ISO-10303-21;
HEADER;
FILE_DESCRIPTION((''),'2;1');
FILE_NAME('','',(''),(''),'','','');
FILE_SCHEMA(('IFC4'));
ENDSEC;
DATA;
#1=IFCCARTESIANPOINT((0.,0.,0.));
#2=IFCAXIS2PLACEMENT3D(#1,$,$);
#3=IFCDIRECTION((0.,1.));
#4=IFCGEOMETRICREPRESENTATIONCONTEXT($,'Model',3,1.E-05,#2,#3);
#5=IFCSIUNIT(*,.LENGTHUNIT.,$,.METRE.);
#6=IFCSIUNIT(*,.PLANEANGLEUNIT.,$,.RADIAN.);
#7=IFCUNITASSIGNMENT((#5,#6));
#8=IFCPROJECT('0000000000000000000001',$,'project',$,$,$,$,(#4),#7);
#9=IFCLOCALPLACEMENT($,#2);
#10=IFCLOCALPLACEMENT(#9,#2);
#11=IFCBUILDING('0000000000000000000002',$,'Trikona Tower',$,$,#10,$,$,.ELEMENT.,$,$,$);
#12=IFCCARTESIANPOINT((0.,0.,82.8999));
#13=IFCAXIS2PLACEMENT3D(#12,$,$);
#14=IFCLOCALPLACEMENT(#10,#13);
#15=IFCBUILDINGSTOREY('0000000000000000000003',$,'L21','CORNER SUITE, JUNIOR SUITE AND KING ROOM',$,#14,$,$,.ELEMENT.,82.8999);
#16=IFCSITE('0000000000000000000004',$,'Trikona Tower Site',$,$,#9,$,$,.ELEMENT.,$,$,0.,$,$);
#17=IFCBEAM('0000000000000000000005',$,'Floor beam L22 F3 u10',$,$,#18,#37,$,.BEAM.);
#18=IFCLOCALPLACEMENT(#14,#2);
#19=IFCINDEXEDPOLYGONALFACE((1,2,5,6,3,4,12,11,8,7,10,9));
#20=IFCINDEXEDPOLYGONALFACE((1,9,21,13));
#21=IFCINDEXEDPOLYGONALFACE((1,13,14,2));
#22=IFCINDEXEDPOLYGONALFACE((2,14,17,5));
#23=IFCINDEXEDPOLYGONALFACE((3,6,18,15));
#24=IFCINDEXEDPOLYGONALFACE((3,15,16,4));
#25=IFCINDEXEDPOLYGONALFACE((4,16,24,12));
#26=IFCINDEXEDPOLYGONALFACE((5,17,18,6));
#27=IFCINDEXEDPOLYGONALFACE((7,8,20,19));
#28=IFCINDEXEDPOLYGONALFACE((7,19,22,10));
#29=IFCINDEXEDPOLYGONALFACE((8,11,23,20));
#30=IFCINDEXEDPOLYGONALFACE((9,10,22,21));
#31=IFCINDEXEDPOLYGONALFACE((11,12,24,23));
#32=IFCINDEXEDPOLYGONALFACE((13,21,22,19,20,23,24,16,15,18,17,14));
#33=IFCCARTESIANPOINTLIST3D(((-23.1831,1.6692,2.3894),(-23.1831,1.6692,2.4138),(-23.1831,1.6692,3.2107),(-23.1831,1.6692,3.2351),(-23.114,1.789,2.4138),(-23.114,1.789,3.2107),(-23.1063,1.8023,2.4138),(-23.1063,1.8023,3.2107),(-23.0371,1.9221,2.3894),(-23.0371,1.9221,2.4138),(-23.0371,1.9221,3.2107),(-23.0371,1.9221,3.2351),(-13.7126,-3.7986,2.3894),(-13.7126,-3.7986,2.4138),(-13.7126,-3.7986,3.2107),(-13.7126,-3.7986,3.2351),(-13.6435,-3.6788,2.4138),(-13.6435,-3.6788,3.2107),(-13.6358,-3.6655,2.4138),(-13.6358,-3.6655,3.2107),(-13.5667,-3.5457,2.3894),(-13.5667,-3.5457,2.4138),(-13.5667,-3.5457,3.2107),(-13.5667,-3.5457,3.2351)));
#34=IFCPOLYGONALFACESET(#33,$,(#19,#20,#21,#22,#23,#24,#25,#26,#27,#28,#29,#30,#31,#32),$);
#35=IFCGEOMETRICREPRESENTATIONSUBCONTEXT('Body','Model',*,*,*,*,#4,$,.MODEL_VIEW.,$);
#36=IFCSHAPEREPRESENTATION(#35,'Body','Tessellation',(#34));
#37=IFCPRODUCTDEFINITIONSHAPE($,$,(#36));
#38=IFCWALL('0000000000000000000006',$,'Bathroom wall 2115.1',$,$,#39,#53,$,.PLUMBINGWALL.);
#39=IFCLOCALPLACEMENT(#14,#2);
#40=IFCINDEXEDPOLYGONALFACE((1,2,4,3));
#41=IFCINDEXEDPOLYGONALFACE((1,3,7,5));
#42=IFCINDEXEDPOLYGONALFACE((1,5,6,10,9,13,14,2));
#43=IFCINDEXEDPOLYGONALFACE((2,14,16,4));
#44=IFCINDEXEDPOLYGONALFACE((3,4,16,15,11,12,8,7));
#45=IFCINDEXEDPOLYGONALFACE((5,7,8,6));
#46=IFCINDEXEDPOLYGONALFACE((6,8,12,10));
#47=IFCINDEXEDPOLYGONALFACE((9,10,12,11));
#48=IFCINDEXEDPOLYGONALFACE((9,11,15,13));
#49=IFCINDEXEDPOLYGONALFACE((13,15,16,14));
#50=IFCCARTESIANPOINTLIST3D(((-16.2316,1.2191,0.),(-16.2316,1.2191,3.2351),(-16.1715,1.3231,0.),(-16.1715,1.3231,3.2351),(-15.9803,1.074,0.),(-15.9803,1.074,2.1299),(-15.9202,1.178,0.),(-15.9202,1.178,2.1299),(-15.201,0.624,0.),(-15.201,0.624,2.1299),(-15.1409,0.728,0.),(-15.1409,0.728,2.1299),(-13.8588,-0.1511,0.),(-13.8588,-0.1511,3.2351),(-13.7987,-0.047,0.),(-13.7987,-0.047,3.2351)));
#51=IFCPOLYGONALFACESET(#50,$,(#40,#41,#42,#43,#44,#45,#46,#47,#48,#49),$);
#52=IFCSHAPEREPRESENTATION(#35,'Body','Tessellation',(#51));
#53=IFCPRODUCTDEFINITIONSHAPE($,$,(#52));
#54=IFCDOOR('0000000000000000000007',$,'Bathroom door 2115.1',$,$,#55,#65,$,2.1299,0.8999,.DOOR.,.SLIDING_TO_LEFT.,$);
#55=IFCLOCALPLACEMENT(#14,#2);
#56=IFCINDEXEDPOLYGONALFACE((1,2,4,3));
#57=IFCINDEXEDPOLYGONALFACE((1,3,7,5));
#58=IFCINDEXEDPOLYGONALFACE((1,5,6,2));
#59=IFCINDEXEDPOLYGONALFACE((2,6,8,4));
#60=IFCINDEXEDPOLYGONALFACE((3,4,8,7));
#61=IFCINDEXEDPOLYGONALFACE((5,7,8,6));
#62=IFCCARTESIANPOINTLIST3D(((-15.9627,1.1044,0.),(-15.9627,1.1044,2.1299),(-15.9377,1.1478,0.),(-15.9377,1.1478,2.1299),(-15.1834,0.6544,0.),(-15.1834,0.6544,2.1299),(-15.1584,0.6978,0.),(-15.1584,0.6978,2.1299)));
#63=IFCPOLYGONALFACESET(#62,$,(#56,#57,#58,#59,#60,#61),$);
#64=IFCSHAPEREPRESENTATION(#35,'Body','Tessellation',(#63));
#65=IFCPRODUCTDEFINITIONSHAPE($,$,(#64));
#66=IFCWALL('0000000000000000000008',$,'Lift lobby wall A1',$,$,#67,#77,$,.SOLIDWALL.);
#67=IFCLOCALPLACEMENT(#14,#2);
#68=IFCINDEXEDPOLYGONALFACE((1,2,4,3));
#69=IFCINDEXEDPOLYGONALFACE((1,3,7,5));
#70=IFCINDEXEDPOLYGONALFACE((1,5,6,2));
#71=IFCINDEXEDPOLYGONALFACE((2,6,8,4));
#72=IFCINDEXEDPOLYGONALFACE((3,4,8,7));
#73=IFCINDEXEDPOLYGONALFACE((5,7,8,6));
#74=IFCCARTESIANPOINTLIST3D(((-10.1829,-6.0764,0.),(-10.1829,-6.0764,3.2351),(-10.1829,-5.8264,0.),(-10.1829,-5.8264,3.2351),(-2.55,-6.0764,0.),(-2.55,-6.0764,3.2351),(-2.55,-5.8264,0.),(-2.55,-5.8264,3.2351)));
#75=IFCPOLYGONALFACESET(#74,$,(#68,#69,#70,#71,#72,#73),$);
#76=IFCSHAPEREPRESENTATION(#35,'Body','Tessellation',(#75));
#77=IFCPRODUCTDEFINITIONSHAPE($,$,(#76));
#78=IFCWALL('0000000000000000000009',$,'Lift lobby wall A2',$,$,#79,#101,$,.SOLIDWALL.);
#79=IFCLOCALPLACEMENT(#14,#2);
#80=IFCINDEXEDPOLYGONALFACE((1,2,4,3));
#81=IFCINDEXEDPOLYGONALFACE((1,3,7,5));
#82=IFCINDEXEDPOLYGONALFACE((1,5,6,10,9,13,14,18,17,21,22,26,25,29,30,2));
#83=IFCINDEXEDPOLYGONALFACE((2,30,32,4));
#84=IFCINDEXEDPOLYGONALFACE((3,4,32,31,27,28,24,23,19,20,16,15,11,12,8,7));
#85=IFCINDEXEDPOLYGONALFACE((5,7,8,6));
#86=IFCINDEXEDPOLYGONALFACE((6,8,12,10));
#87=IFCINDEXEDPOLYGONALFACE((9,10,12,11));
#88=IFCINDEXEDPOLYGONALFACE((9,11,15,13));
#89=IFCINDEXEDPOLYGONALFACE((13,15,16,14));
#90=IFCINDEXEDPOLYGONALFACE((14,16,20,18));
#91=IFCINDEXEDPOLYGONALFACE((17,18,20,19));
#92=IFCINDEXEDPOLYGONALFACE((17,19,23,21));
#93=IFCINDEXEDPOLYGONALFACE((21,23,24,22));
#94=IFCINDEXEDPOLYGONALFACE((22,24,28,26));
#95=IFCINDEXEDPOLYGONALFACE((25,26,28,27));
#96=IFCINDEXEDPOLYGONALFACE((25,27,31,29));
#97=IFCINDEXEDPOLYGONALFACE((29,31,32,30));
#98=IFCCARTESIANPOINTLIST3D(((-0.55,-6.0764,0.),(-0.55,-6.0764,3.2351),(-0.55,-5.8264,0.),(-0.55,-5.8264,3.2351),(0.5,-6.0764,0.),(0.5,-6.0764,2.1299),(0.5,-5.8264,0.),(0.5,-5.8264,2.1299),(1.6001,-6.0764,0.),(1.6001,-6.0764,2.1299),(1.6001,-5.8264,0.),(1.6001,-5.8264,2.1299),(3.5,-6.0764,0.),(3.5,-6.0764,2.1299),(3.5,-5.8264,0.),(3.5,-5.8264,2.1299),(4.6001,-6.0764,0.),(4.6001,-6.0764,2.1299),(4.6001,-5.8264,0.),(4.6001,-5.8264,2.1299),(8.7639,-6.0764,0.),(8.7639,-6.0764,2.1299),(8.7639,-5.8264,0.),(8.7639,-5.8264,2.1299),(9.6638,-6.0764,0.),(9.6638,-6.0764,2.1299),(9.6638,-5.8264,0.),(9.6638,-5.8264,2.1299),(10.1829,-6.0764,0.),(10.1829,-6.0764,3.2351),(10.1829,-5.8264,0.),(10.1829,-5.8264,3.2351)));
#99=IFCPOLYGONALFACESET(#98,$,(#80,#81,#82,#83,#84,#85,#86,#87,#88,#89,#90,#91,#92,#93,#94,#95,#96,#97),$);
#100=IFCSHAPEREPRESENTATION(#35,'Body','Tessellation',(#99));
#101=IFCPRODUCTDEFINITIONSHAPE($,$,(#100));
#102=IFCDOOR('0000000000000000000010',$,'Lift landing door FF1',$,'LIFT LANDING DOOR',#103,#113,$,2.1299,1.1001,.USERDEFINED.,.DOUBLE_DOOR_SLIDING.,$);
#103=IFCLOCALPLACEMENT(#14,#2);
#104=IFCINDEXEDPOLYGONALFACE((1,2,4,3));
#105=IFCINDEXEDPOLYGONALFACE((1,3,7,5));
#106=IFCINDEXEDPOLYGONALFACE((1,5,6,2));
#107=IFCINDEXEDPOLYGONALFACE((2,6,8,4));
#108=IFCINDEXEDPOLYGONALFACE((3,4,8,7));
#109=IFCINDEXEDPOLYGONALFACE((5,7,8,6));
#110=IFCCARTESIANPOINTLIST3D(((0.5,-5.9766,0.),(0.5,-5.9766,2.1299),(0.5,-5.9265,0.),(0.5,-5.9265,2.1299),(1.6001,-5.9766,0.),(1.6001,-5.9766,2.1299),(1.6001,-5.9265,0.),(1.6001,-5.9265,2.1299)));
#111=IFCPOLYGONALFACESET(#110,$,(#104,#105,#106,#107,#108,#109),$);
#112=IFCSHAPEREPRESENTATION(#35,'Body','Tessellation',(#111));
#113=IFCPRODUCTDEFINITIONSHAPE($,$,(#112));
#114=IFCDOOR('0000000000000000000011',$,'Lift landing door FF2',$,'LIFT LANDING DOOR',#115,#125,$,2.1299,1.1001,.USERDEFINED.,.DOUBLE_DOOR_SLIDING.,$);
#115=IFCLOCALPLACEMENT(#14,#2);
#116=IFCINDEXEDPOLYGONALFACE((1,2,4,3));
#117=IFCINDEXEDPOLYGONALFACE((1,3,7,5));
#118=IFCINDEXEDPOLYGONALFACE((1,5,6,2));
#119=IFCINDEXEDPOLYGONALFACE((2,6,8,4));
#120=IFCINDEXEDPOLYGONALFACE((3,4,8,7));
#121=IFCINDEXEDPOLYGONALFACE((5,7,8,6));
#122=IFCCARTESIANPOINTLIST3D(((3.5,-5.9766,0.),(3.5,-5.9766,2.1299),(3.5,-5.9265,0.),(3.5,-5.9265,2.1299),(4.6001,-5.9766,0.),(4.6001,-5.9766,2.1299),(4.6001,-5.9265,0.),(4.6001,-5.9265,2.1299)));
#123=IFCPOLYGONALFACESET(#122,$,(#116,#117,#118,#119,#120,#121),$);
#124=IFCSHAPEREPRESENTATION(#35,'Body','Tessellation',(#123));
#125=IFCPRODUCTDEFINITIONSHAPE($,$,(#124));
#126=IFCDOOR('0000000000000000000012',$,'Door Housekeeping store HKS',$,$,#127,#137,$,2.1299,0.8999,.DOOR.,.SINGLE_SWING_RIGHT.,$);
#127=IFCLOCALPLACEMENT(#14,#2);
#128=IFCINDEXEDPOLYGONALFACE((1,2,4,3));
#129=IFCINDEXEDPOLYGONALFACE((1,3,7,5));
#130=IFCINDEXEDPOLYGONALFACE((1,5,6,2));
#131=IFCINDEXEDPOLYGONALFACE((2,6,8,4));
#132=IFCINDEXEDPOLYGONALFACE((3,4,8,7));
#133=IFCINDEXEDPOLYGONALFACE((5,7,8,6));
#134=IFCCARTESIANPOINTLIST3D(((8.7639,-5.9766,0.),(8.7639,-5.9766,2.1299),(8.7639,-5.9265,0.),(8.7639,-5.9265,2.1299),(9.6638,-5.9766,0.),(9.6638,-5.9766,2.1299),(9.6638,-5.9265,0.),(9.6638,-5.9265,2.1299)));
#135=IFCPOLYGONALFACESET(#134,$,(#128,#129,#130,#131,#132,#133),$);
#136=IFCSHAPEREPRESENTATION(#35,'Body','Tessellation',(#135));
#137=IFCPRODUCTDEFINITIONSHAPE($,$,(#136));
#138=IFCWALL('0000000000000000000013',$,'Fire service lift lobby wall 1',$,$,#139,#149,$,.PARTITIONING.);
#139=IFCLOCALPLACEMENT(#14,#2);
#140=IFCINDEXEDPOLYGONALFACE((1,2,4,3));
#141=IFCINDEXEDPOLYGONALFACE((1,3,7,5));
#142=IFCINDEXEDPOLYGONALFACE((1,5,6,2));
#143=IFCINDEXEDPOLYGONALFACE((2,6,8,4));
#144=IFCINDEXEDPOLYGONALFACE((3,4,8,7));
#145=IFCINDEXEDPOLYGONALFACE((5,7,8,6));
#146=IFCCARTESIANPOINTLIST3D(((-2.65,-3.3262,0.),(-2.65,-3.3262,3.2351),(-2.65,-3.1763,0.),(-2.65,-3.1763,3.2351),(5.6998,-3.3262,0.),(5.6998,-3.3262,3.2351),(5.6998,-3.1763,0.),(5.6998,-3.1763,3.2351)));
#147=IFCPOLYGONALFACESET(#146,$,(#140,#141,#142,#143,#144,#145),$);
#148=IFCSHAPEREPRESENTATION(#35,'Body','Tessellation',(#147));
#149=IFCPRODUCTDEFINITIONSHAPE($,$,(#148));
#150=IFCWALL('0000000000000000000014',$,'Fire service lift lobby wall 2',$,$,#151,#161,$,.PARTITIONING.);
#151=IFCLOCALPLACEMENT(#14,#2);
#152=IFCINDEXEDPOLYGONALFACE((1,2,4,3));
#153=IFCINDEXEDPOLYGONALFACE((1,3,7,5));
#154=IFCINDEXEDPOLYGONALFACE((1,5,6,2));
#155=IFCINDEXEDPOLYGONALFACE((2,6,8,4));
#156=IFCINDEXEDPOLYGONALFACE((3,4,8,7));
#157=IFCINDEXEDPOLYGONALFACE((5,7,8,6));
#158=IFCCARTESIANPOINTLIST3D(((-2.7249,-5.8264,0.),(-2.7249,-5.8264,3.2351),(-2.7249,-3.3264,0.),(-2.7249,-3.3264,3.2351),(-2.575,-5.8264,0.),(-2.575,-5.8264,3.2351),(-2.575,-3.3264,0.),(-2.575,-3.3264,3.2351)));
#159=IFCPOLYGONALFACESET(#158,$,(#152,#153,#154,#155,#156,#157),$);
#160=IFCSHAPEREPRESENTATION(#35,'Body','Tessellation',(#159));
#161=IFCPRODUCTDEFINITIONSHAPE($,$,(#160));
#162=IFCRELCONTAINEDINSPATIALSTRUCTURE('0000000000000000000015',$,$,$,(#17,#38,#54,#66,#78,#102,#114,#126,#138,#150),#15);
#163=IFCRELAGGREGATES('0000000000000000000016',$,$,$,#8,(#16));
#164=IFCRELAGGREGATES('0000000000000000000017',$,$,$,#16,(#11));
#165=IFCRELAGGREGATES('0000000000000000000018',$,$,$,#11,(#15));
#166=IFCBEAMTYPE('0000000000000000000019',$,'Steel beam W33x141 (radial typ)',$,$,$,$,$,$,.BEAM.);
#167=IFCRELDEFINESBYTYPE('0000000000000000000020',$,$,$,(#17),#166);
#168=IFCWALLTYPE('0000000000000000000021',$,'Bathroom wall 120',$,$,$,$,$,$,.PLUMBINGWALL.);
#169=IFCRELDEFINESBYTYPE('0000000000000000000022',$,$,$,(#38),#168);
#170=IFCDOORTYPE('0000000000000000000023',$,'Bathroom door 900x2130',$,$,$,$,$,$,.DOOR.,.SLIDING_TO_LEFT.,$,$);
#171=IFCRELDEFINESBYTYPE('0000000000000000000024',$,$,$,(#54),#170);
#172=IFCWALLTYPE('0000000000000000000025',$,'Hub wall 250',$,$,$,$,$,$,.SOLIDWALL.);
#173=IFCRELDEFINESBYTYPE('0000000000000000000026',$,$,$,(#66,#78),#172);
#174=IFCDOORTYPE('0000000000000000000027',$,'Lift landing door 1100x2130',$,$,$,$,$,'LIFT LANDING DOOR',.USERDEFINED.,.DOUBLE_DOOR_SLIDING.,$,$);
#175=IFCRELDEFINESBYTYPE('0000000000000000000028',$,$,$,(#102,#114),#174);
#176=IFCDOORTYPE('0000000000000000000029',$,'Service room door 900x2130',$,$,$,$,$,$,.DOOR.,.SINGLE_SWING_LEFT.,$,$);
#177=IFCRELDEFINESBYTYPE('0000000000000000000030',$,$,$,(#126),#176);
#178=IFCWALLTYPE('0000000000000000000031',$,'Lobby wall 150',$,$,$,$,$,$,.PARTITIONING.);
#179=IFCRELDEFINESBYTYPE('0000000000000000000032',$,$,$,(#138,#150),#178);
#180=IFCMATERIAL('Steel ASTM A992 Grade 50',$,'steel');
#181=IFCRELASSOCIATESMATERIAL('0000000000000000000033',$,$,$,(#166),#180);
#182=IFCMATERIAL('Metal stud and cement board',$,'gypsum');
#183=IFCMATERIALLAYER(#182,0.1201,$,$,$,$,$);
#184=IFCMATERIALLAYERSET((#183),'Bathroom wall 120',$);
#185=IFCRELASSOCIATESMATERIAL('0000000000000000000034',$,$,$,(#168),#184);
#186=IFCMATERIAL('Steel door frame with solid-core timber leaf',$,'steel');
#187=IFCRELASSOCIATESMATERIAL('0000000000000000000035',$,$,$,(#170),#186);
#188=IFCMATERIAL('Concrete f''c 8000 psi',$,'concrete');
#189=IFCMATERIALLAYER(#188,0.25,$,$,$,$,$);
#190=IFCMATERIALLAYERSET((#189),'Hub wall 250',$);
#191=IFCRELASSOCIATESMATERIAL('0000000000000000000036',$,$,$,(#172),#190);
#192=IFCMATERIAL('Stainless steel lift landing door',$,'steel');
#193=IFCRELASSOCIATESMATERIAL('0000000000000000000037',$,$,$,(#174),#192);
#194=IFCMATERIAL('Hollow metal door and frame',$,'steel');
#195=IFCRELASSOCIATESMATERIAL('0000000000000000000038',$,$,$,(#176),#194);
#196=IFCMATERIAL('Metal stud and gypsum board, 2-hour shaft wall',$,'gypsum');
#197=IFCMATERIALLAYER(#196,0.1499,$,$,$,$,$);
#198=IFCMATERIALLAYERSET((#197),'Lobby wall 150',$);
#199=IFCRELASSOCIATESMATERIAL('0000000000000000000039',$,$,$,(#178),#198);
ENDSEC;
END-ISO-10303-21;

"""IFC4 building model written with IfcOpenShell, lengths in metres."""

from ifc_helpers import new_model, si_unit, direction, frame, frame_2d, origin, origin_2d, place, context, subcontext, project, spatial, rectangle, i_section, extrude, material, layer, layer_set, material_profile, profile_set, type_object, element, fill, save


model = new_model("IFC4")

# Units and contexts
model_context = context("Model", 3, precision=1e-05, world=origin(), true_north=direction((0.0, 1.0)))
body_context = subcontext(model_context, "Body", "Model", "MODEL_VIEW")
ifc_project = project(units=[si_unit("LENGTHUNIT", "METRE"), si_unit("PLANEANGLEUNIT", "RADIAN")], contexts=[model_context])

# Site, building, storey
site_placement = place(None, origin())
site = spatial("IfcSite", under=ifc_project, at=site_placement, Name="Trikona Tower Site", CompositionType="ELEMENT", RefElevation=0.0)
building_placement = place(site_placement, origin())
building = spatial("IfcBuilding", under=site, at=building_placement, Name="Trikona Tower", CompositionType="ELEMENT")
storey_placement = place(building_placement, frame((0.0, 0.0, 82.8999)))
storey = spatial("IfcBuildingStorey", under=building, at=storey_placement, Name="L21", Description="CORNER SUITE, JUNIOR SUITE AND KING ROOM", CompositionType="ELEMENT", Elevation=82.8999)

# Beam
ifc_material_1 = material(Name="Steel ASTM A992 Grade 50", Category="steel")
ifc_material_profile = material_profile(ifc_material_1, i_section(OverallWidth=0.292, OverallDepth=0.8457, WebThickness=0.0154, FlangeThickness=0.0244, at=origin_2d()), Name="W33X141")
ifc_profile_set = profile_set([ifc_material_profile], Name="Steel ASTM A992 Grade 50")
beam_type = type_object("IfcBeamType", Name="Steel beam W33x141 (radial typ)", PredefinedType="BEAM", material=ifc_profile_set)
beam_placement = place(storey_placement, frame((-13.6396, -3.6721, 2.8123), z_axis=(-0.866025, 0.5, 0.0), x_axis=(-0.5, -0.866025, 0.0)))
element("IfcBeam", 1, at=beam_placement, inside=storey, type_object=beam_type, Name="Floor beam L22 F3 u10", PredefinedType="BEAM", context=body_context, shape_type="SweptSolid", body=[
    extrude(i_section(OverallWidth=0.292, OverallDepth=0.8457, WebThickness=0.0154, FlangeThickness=0.0244, at=origin_2d()), origin(), (0.0, 0.0, 1.0), 10.9355),
])

# Wall, opening, door
ifc_material_2 = material(Name="Metal stud and cement board", Category="gypsum")
ifc_layer_1 = layer(ifc_material_2, 0.1201)
ifc_layer_set_1 = layer_set([ifc_layer_1], Name="Bathroom wall 120")
wall_type_1 = type_object("IfcWallType", Name="Bathroom wall 120", PredefinedType="PLUMBINGWALL", material=ifc_layer_set_1)
wall_1_placement = place(storey_placement, frame((-13.8286, -0.0991, 0.0), z_axis=(0.0, 0.0, 1.0), x_axis=(-0.865997, 0.500049, 0.0)))
wall_1 = element("IfcWall", 2, at=wall_1_placement, inside=storey, type_object=wall_type_1, Name="Bathroom wall 2115.1", PredefinedType="PLUMBINGWALL", context=body_context, shape_type="SweptSolid", body=[
    extrude(rectangle(XDim=2.74, YDim=0.1201, at=frame_2d((1.3701, 0.0))), origin(), (0.0, 0.0, 1.0), 3.2351),
])
opening_1_placement = place(wall_1_placement, frame((1.55, 0.0, 0.0)))
opening_1 = element("IfcOpeningElement", 3, at=opening_1_placement, cuts=wall_1, PredefinedType="OPENING", context=body_context, shape_type="SweptSolid", body=[
    extrude(rectangle(XDim=0.8999, YDim=2.1299, at=frame_2d((0.45, 1.0649))), frame((0.0, 0.0701, 0.0), z_axis=(0.0, -1.0, 0.0), x_axis=(1.0, 0.0, 0.0)), (0.0, 0.0, 1.0), 0.1401),
])
ifc_material_3 = material(Name="Steel door frame with solid-core timber leaf", Category="steel")
door_type_1 = type_object("IfcDoorType", Name="Bathroom door 900x2130", OperationType="SLIDING_TO_LEFT", PredefinedType="DOOR", material=ifc_material_3)
door_1_placement = place(opening_1_placement, origin())
door_1 = element("IfcDoor", 4, at=door_1_placement, inside=storey, type_object=door_type_1, Name="Bathroom door 2115.1", OperationType="SLIDING_TO_LEFT", OverallHeight=2.1299, OverallWidth=0.8999, PredefinedType="DOOR", context=body_context, shape_type="SweptSolid", body=[
    extrude(rectangle(XDim=0.8999, YDim=2.1299, at=frame_2d((0.45, 1.0649))), frame((0.0, 0.0249, 0.0), z_axis=(0.0, -1.0, 0.0), x_axis=(1.0, 0.0, 0.0)), (0.0, 0.0, 1.0), 0.05),
])
fill(opening_1, door_1)

# Wall
ifc_material_4 = material(Name="Concrete f'c 8000 psi", Category="concrete")
ifc_layer_2 = layer(ifc_material_4, 0.25)
ifc_layer_set_2 = layer_set([ifc_layer_2], Name="Hub wall 250")
wall_type_2 = type_object("IfcWallType", Name="Hub wall 250", PredefinedType="SOLIDWALL", material=ifc_layer_set_2)
wall_2_placement = place(storey_placement, frame((-10.1829, -5.9514, 0.0), z_axis=(0.0, 0.0, 1.0), x_axis=(1.0, 0.0, 0.0)))
element("IfcWall", 5, at=wall_2_placement, inside=storey, type_object=wall_type_2, Name="Lift lobby wall A1", PredefinedType="SOLIDWALL", context=body_context, shape_type="SweptSolid", body=[
    extrude(rectangle(XDim=7.6328, YDim=0.25, at=frame_2d((3.8164, 0.0))), origin(), (0.0, 0.0, 1.0), 3.2351),
])

# Wall, openings, doors
wall_3_placement = place(storey_placement, frame((-0.55, -5.9514, 0.0), z_axis=(0.0, 0.0, 1.0), x_axis=(1.0, 0.0, 0.0)))
wall_3 = element("IfcWall", 6, at=wall_3_placement, inside=storey, type_object=wall_type_2, Name="Lift lobby wall A2", PredefinedType="SOLIDWALL", context=body_context, shape_type="SweptSolid", body=[
    extrude(rectangle(XDim=10.7329, YDim=0.25, at=frame_2d((5.3665, 0.0))), origin(), (0.0, 0.0, 1.0), 3.2351),
])
opening_2_placement = place(wall_3_placement, frame((9.314, 0.0, 0.0)))
opening_2 = element("IfcOpeningElement", 7, at=opening_2_placement, cuts=wall_3, PredefinedType="OPENING", context=body_context, shape_type="SweptSolid", body=[
    extrude(rectangle(XDim=0.8999, YDim=2.1299, at=frame_2d((0.45, 1.0649))), frame((0.0, 0.135, 0.0), z_axis=(0.0, -1.0, 0.0), x_axis=(1.0, 0.0, 0.0)), (0.0, 0.0, 1.0), 0.27),
])
opening_3_placement = place(wall_3_placement, frame((1.05, 0.0, 0.0)))
opening_3 = element("IfcOpeningElement", 8, at=opening_3_placement, cuts=wall_3, PredefinedType="OPENING", context=body_context, shape_type="SweptSolid", body=[
    extrude(rectangle(XDim=1.1001, YDim=2.1299, at=frame_2d((0.55, 1.0649))), frame((0.0, 0.135, 0.0), z_axis=(0.0, -1.0, 0.0), x_axis=(1.0, 0.0, 0.0)), (0.0, 0.0, 1.0), 0.27),
])
opening_4_placement = place(wall_3_placement, frame((4.05, 0.0, 0.0)))
opening_4 = element("IfcOpeningElement", 9, at=opening_4_placement, cuts=wall_3, PredefinedType="OPENING", context=body_context, shape_type="SweptSolid", body=[
    extrude(rectangle(XDim=1.1001, YDim=2.1299, at=frame_2d((0.55, 1.0649))), frame((0.0, 0.135, 0.0), z_axis=(0.0, -1.0, 0.0), x_axis=(1.0, 0.0, 0.0)), (0.0, 0.0, 1.0), 0.27),
])
ifc_material_5 = material(Name="Stainless steel lift landing door", Category="steel")
door_type_2 = type_object("IfcDoorType", Name="Lift landing door 1100x2130", ElementType="LIFT LANDING DOOR", OperationType="DOUBLE_DOOR_SLIDING", PredefinedType="USERDEFINED", material=ifc_material_5)
door_2_placement = place(opening_3_placement, origin())
door_2 = element("IfcDoor", 10, at=door_2_placement, inside=storey, type_object=door_type_2, Name="Lift landing door FF1", ObjectType="LIFT LANDING DOOR", OperationType="DOUBLE_DOOR_SLIDING", OverallHeight=2.1299, OverallWidth=1.1001, PredefinedType="USERDEFINED", context=body_context, shape_type="SweptSolid", body=[
    extrude(rectangle(XDim=1.1001, YDim=2.1299, at=frame_2d((0.55, 1.0649))), frame((0.0, 0.0249, 0.0), z_axis=(0.0, -1.0, 0.0), x_axis=(1.0, 0.0, 0.0)), (0.0, 0.0, 1.0), 0.05),
])
fill(opening_3, door_2)
door_3_placement = place(opening_4_placement, origin())
door_3 = element("IfcDoor", 11, at=door_3_placement, inside=storey, type_object=door_type_2, Name="Lift landing door FF2", ObjectType="LIFT LANDING DOOR", OperationType="DOUBLE_DOOR_SLIDING", OverallHeight=2.1299, OverallWidth=1.1001, PredefinedType="USERDEFINED", context=body_context, shape_type="SweptSolid", body=[
    extrude(rectangle(XDim=1.1001, YDim=2.1299, at=frame_2d((0.55, 1.0649))), frame((0.0, 0.0249, 0.0), z_axis=(0.0, -1.0, 0.0), x_axis=(1.0, 0.0, 0.0)), (0.0, 0.0, 1.0), 0.05),
])
fill(opening_4, door_3)
ifc_material_6 = material(Name="Hollow metal door and frame", Category="steel")
door_type_3 = type_object("IfcDoorType", Name="Service room door 900x2130", OperationType="SINGLE_SWING_LEFT", PredefinedType="DOOR", material=ifc_material_6)
door_4_placement = place(opening_2_placement, origin())
door_4 = element("IfcDoor", 12, at=door_4_placement, inside=storey, type_object=door_type_3, Name="Door Housekeeping store HKS", OperationType="SINGLE_SWING_RIGHT", OverallHeight=2.1299, OverallWidth=0.8999, PredefinedType="DOOR", context=body_context, shape_type="SweptSolid", body=[
    extrude(rectangle(XDim=0.8999, YDim=2.1299, at=frame_2d((0.45, 1.0649))), frame((0.0, 0.0249, 0.0), z_axis=(0.0, -1.0, 0.0), x_axis=(1.0, 0.0, 0.0)), (0.0, 0.0, 1.0), 0.05),
])
fill(opening_2, door_4)

# Walls
ifc_material_7 = material(Name="Metal stud and gypsum board, 2-hour shaft wall", Category="gypsum")
ifc_layer_3 = layer(ifc_material_7, 0.1499)
ifc_layer_set_3 = layer_set([ifc_layer_3], Name="Lobby wall 150")
wall_type_3 = type_object("IfcWallType", Name="Lobby wall 150", PredefinedType="PARTITIONING", material=ifc_layer_set_3)
wall_4_placement = place(storey_placement, frame((-2.6499, -3.2512, 0.0), z_axis=(0.0, 0.0, 1.0), x_axis=(1.0, 0.0, 0.0)))
element("IfcWall", 13, at=wall_4_placement, inside=storey, type_object=wall_type_3, Name="Fire service lift lobby wall 1", PredefinedType="PARTITIONING", context=body_context, shape_type="SweptSolid", body=[
    extrude(rectangle(XDim=8.3499, YDim=0.1499, at=frame_2d((4.1748, 0.0))), origin(), (0.0, 0.0, 1.0), 3.2351),
])
wall_5_placement = place(storey_placement, frame((-2.6499, -5.8264, 0.0), z_axis=(0.0, 0.0, 1.0), x_axis=(0.0, 1.0, 0.0)))
element("IfcWall", 14, at=wall_5_placement, inside=storey, type_object=wall_type_3, Name="Fire service lift lobby wall 2", PredefinedType="PARTITIONING", context=body_context, shape_type="SweptSolid", body=[
    extrude(rectangle(XDim=2.5, YDim=0.1499, at=frame_2d((1.25, 0.0))), origin(), (0.0, 0.0, 1.0), 3.2351),
])

save(model, "model.ifc")
